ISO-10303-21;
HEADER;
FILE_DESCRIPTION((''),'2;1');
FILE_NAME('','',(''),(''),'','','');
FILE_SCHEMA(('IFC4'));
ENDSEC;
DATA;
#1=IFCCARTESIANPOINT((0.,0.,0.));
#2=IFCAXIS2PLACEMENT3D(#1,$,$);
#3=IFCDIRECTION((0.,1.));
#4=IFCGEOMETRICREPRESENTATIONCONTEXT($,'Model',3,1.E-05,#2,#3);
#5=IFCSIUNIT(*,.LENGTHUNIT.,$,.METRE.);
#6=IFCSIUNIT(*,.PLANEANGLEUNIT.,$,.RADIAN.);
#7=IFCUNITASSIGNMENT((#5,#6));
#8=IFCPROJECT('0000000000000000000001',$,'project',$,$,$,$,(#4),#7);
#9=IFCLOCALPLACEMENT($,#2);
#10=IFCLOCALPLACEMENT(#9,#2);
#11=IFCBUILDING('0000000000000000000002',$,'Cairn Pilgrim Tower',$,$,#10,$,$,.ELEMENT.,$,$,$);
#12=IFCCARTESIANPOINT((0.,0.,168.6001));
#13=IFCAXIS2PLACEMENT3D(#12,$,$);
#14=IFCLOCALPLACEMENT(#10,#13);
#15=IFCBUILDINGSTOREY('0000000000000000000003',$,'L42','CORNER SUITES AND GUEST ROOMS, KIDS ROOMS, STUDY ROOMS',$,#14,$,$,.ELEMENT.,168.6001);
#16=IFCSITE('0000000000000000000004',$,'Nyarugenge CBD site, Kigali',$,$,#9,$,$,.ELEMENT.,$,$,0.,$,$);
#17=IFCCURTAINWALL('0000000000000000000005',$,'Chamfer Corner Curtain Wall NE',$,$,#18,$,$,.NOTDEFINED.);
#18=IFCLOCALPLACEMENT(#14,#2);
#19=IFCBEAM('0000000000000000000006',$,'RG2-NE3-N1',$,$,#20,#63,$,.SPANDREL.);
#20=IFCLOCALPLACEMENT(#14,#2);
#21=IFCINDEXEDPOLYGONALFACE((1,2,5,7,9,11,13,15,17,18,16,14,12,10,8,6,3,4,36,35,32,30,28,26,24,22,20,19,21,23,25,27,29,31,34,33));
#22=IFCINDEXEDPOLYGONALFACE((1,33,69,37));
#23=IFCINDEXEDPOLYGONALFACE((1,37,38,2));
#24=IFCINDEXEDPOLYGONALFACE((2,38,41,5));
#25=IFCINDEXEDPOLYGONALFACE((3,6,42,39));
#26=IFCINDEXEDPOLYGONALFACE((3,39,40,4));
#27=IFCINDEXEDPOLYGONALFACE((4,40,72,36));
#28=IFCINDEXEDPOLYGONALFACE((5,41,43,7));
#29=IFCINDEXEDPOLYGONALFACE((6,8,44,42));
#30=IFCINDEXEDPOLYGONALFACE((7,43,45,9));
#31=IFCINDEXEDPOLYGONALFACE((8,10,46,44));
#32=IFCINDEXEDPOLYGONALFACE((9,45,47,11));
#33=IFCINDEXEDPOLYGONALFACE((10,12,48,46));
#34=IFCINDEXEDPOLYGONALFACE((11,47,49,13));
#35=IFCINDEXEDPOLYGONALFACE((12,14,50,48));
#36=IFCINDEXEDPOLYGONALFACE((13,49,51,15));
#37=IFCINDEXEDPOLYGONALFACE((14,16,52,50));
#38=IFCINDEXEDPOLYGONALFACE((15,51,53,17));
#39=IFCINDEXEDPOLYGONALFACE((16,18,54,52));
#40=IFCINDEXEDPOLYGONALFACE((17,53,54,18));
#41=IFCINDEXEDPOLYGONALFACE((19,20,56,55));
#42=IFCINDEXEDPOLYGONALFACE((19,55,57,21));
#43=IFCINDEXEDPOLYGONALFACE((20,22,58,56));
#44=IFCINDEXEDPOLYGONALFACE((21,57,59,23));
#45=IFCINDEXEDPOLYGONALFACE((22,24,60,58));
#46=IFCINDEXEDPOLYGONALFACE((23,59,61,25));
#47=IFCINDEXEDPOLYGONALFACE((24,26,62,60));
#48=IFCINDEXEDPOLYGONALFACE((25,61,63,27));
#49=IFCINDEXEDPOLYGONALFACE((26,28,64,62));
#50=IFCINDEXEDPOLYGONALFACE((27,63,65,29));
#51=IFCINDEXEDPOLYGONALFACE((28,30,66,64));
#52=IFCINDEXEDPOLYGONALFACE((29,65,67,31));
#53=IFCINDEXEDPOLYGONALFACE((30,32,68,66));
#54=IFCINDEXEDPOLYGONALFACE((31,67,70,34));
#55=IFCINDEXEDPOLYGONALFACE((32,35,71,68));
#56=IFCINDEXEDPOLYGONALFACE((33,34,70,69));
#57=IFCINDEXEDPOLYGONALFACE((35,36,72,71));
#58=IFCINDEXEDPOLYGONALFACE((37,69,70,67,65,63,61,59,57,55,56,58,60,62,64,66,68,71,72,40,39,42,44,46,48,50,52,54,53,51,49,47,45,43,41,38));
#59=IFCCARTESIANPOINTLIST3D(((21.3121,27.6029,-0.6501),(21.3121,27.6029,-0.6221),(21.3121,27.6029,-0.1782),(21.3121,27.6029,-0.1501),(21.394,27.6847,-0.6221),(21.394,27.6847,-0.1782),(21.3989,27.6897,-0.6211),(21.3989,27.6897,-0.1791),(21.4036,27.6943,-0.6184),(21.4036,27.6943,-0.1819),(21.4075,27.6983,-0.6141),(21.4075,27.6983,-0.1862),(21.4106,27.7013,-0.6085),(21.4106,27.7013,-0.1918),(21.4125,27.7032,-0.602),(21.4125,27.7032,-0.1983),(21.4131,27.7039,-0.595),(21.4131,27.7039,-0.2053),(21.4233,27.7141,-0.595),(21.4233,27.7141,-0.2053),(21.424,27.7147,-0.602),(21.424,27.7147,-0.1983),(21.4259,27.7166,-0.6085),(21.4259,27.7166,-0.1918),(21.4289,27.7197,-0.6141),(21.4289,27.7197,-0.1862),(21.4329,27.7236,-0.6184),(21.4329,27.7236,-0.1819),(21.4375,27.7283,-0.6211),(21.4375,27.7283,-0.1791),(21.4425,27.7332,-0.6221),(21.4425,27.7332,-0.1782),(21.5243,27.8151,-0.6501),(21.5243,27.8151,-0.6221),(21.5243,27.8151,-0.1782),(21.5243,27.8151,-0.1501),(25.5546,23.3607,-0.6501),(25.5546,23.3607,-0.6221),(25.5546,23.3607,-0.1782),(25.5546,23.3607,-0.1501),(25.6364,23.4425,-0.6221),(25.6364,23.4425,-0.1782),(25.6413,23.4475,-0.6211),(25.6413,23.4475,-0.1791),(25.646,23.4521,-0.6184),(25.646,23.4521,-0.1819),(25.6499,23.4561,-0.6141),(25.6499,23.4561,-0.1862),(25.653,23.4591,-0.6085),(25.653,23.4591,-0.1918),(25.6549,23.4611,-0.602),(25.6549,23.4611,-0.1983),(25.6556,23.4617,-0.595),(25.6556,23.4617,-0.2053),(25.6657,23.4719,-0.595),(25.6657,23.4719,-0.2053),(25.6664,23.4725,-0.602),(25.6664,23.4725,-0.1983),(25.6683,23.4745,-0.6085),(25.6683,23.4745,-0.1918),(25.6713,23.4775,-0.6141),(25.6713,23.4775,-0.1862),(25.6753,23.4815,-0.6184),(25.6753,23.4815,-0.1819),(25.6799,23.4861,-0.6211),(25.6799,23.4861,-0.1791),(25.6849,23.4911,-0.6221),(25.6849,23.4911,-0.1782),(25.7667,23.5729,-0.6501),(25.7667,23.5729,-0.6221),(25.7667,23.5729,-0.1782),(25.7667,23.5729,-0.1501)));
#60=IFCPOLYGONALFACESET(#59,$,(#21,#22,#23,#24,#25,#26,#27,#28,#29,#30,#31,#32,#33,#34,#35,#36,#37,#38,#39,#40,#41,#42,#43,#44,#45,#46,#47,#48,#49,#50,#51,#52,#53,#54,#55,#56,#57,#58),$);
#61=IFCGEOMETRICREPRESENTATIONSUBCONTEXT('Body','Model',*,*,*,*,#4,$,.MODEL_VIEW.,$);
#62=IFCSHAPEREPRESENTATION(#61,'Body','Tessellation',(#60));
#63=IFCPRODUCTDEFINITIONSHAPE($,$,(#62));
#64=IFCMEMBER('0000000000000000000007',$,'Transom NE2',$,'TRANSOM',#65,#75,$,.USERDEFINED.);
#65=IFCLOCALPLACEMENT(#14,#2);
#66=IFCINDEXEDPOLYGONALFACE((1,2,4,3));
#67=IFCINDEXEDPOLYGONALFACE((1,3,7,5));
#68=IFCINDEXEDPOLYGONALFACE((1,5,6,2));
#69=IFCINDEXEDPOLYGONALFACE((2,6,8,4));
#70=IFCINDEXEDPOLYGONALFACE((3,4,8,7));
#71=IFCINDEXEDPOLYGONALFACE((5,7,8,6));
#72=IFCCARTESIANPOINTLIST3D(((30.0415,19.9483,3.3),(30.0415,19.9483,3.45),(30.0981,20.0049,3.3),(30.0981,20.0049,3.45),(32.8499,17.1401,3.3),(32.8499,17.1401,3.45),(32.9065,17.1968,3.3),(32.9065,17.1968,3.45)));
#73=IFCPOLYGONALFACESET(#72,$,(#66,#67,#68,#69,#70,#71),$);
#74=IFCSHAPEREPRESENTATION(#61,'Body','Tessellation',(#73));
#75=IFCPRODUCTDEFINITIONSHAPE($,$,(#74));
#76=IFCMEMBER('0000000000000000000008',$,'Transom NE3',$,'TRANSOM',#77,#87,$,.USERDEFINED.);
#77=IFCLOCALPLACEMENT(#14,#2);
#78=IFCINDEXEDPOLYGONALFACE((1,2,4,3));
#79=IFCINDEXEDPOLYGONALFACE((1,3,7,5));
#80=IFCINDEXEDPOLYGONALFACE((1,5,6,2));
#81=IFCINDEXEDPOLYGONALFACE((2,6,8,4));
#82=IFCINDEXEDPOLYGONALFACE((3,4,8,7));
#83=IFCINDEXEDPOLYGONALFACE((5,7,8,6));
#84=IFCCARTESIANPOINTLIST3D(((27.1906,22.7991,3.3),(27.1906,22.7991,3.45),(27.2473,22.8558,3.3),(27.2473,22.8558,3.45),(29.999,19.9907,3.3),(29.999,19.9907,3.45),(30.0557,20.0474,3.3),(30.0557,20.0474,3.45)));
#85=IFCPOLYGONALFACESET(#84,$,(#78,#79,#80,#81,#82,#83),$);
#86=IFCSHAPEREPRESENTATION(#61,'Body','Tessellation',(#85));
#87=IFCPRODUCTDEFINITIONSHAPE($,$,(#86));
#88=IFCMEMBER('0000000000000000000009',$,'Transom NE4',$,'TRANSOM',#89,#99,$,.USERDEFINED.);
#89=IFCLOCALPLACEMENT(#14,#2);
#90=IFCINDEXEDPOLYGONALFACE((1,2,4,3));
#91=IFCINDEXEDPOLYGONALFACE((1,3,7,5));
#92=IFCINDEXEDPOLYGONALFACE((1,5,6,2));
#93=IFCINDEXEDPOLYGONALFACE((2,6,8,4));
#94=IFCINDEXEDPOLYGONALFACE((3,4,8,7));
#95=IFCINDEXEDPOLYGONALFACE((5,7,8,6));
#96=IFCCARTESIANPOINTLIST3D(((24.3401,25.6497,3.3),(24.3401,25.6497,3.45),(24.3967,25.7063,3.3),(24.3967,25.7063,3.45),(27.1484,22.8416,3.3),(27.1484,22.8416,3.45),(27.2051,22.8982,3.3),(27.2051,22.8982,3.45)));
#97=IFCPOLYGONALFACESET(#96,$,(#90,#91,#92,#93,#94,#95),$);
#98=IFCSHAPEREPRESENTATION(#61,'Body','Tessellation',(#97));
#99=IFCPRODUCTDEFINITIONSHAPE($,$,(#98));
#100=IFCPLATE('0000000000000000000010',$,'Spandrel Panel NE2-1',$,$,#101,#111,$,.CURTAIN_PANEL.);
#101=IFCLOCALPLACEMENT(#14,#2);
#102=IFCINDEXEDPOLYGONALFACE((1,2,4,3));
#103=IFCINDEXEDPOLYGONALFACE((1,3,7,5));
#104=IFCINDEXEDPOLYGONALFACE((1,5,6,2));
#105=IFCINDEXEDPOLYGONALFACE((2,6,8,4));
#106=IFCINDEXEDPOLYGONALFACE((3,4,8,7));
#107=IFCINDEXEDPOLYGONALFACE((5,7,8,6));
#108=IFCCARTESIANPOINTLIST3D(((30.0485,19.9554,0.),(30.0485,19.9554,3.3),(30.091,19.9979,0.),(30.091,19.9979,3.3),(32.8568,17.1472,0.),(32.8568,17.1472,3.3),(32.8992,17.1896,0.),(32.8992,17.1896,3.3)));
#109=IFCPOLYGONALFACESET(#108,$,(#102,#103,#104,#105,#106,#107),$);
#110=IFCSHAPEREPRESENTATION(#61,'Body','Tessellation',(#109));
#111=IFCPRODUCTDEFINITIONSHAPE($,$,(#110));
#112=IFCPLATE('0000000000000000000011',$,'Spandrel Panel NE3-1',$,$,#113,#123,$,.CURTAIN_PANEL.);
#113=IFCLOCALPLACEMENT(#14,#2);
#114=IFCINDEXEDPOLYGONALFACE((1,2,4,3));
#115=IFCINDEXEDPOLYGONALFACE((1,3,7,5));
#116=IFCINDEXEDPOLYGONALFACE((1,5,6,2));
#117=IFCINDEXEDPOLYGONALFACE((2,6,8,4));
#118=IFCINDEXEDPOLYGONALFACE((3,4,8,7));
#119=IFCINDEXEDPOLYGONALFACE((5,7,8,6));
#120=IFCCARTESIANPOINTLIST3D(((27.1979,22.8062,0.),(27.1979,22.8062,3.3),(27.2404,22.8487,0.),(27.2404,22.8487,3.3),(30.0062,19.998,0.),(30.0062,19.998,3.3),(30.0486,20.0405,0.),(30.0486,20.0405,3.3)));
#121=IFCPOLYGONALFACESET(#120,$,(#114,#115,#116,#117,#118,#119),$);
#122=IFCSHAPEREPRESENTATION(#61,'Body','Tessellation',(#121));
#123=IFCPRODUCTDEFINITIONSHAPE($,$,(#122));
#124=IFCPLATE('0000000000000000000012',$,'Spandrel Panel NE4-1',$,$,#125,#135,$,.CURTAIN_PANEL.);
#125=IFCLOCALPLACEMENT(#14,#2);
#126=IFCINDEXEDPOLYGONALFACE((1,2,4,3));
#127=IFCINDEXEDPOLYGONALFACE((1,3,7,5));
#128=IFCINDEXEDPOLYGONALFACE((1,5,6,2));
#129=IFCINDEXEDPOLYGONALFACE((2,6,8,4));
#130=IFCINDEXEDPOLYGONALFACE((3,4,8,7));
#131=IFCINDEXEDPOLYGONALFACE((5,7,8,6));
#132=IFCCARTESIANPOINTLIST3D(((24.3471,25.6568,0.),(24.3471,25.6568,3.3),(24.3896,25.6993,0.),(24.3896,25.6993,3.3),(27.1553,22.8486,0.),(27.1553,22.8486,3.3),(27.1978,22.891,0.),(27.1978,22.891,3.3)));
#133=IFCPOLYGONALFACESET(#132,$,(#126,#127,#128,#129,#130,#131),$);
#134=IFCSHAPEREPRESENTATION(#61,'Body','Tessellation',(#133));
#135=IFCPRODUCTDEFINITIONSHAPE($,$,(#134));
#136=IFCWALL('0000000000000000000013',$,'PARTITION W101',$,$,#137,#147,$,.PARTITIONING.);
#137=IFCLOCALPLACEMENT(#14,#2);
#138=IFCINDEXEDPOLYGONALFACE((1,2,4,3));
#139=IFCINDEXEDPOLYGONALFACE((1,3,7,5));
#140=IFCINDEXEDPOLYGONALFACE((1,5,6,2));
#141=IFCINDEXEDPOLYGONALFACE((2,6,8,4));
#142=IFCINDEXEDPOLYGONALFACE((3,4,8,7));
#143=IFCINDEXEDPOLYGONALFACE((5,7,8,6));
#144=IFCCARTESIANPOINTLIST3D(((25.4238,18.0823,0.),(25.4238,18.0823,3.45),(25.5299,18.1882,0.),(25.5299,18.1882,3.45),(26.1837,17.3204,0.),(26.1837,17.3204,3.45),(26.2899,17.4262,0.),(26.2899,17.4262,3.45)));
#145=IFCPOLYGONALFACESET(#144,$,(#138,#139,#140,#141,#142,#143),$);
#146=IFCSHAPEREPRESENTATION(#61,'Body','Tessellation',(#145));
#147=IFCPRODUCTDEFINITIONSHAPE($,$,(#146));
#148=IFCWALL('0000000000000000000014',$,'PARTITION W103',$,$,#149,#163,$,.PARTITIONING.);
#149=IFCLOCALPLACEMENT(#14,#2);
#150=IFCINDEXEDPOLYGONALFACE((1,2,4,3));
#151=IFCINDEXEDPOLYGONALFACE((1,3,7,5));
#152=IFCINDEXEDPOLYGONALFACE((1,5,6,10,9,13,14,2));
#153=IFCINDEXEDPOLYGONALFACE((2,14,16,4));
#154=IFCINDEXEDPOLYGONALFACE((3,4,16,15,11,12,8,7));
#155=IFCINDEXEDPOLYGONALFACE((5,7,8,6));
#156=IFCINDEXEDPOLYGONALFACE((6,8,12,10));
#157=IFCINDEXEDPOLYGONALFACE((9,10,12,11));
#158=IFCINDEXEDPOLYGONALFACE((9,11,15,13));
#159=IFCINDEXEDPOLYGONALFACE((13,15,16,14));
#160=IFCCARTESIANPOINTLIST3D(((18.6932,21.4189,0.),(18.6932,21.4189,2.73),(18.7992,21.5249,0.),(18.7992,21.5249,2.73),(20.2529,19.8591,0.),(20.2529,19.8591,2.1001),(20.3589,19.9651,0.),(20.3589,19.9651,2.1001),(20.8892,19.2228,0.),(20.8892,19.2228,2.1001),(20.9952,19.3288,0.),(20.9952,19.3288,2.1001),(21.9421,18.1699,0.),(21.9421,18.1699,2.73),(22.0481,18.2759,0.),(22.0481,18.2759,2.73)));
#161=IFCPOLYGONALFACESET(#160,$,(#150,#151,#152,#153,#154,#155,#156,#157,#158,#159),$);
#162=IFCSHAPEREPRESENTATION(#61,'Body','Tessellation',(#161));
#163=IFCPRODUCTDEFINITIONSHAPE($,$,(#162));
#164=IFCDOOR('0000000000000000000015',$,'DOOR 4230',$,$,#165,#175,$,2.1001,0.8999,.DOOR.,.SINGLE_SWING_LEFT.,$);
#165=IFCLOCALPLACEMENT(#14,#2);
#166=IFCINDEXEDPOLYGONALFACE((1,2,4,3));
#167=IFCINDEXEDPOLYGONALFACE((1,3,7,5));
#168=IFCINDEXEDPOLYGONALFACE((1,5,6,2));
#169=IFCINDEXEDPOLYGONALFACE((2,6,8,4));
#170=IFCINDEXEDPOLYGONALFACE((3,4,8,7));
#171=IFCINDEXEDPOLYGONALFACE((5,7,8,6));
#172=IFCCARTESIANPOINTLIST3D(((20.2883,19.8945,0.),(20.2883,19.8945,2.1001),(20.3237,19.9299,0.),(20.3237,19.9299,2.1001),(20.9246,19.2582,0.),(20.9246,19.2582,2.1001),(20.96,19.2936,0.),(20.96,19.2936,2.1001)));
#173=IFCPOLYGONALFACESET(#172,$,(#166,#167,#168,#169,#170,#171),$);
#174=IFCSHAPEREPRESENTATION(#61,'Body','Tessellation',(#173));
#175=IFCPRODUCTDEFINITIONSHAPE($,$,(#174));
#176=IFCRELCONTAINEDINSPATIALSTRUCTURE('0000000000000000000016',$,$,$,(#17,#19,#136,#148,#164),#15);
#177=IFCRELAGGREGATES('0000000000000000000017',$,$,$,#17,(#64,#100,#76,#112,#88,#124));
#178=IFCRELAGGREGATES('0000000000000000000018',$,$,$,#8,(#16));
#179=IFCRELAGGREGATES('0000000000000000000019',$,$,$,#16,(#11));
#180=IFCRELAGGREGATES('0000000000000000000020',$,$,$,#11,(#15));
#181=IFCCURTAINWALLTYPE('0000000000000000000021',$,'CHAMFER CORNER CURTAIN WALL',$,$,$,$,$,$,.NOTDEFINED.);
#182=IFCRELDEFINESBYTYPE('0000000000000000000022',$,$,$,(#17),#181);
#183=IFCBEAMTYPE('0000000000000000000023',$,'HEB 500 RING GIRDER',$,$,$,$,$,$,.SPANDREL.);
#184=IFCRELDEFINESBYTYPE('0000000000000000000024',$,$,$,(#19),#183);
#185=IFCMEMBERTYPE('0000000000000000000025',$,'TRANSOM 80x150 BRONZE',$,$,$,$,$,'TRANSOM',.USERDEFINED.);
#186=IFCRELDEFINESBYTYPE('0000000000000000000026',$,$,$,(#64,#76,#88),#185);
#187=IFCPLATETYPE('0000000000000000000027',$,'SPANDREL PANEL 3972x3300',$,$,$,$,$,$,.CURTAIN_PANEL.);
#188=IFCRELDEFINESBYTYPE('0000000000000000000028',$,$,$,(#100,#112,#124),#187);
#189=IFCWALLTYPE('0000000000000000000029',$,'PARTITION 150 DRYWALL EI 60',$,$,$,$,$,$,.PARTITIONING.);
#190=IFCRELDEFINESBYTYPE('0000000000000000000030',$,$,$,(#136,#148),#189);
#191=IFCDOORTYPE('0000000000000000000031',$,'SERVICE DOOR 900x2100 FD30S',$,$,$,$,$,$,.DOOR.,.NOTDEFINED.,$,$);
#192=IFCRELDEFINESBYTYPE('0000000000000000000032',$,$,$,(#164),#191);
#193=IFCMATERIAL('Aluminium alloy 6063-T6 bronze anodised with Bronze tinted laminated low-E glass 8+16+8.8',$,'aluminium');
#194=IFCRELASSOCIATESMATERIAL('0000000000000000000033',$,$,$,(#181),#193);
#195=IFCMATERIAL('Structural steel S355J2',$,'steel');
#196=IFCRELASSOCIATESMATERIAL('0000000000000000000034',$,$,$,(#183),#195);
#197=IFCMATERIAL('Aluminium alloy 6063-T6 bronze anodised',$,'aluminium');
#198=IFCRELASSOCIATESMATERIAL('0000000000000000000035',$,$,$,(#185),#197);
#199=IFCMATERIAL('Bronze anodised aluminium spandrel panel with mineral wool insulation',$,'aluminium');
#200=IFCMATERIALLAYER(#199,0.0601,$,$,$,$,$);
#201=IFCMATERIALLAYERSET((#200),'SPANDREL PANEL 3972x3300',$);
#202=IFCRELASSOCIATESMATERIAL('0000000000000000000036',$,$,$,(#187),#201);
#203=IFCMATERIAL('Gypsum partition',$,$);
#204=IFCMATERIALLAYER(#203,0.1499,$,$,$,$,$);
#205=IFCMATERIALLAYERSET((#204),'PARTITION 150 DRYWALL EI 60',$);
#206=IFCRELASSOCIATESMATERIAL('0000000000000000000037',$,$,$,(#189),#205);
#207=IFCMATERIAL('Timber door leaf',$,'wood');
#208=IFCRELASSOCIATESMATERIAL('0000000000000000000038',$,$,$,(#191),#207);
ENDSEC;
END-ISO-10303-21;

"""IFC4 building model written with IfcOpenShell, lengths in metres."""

from ifc_helpers import new_model, si_unit, direction, frame, frame_2d, origin, origin_2d, place, context, subcontext, project, spatial, rectangle, i_section, extrude, material, layer, layer_set, material_profile, profile_set, type_object, element, fill, aggregate, save


model = new_model("IFC4")

# Units and contexts
model_context = context("Model", 3, precision=1e-05, world=origin(), true_north=direction((0.0, 1.0)))
body_context = subcontext(model_context, "Body", "Model", "MODEL_VIEW")
ifc_project = project(units=[si_unit("LENGTHUNIT", "METRE"), si_unit("PLANEANGLEUNIT", "RADIAN")], contexts=[model_context])

# Site, building, storey
site_placement = place(None, origin())
site = spatial("IfcSite", under=ifc_project, at=site_placement, Name="Nyarugenge CBD site, Kigali", CompositionType="ELEMENT", RefElevation=0.0)
building_placement = place(site_placement, origin())
building = spatial("IfcBuilding", under=site, at=building_placement, Name="Cairn Pilgrim Tower", CompositionType="ELEMENT")
storey_placement = place(building_placement, frame((0.0, 0.0, 168.6001)))
storey = spatial("IfcBuildingStorey", under=building, at=storey_placement, Name="L42", Description="CORNER SUITES AND GUEST ROOMS, KIDS ROOMS, STUDY ROOMS", CompositionType="ELEMENT", Elevation=168.6001)

# Shared definitions
ifc_material_1 = material(Name="Structural steel S355J2", Category="steel")

# Curtain wall
ifc_material_2 = material(Name="Aluminium alloy 6063-T6 bronze anodised with Bronze tinted laminated low-E glass 8+16+8.8", Category="aluminium")
curtain_wall_type = type_object("IfcCurtainWallType", Name="CHAMFER CORNER CURTAIN WALL", PredefinedType="NOTDEFINED", material=ifc_material_2)
curtain_wall_placement = place(storey_placement, origin())
curtain_wall = element("IfcCurtainWall", 1, at=curtain_wall_placement, inside=storey, type_object=curtain_wall_type, Name="Chamfer Corner Curtain Wall NE", PredefinedType="NOTDEFINED")
ifc_material_3 = material(Name="Aluminium alloy 6063-T6 bronze anodised", Category="aluminium")

# Beam
ifc_material_profile_1 = material_profile(ifc_material_1, i_section(OverallWidth=0.3, OverallDepth=0.5, WebThickness=0.0144, FlangeThickness=0.0281, FilletRadius=0.0271, at=origin_2d()), Name="HEB 500")
ifc_profile_set_1 = profile_set([ifc_material_profile_1], Name="Structural steel S355J2")
beam_type_1 = type_object("IfcBeamType", Name="HEB 500 RING GIRDER", PredefinedType="SPANDREL", material=ifc_profile_set_1)
beam_1_placement = place(storey_placement, frame((25.6606, 23.4668, -0.4001), z_axis=(-0.707127, 0.707086, 0.0), x_axis=(-0.707086, -0.707127, 0.0)))
element("IfcBeam", 2, at=beam_1_placement, inside=storey, type_object=beam_type_1, Name="RG2-NE3-N1", PredefinedType="SPANDREL", context=body_context, shape_type="SweptSolid", body=[
    extrude(i_section(OverallWidth=0.3, OverallDepth=0.5, WebThickness=0.0144, FlangeThickness=0.0281, FilletRadius=0.0271, at=origin_2d()), origin(), (0.0, 0.0, 1.0), 5.9995),
])

# Members
ifc_material_profile_2 = material_profile(ifc_material_3, rectangle(XDim=0.0801, YDim=0.1499, at=origin_2d()), Name="TRANSOM 80x150 BRONZE")
ifc_profile_set_2 = profile_set([ifc_material_profile_2], Name="Aluminium alloy 6063-T6 bronze anodised")
member_type_1 = type_object("IfcMemberType", Name="TRANSOM 80x150 BRONZE", ElementType="TRANSOM", PredefinedType="USERDEFINED", material=ifc_profile_set_2)
member_1_placement = place(storey_placement, frame((32.8782, 17.1685, 3.375), z_axis=(-0.707138, 0.707076, 0.0), x_axis=(-0.707076, -0.707138, 0.0)))
member_1 = element("IfcMember", 3, at=member_1_placement, type_object=member_type_1, Name="Transom NE2", ObjectType="TRANSOM", PredefinedType="USERDEFINED", context=body_context, shape_type="SweptSolid", body=[
    extrude(rectangle(XDim=0.0801, YDim=0.1499, at=origin_2d()), origin(), (0.0, 0.0, 1.0), 3.9714),
])
member_2_placement = place(storey_placement, frame((30.0273, 20.019, 3.375), z_axis=(-0.707107, 0.707107, 0.0), x_axis=(-0.707107, -0.707107, 0.0)))
member_2 = element("IfcMember", 4, at=member_2_placement, type_object=member_type_1, Name="Transom NE3", ObjectType="TRANSOM", PredefinedType="USERDEFINED", context=body_context, shape_type="SweptSolid", body=[
    extrude(rectangle(XDim=0.0801, YDim=0.1499, at=origin_2d()), origin(), (0.0, 0.0, 1.0), 3.9717),
])
member_3_placement = place(storey_placement, frame((27.1768, 22.8699, 3.375), z_axis=(-0.707138, 0.707076, 0.0), x_axis=(-0.707076, -0.707138, 0.0)))
member_3 = element("IfcMember", 5, at=member_3_placement, type_object=member_type_1, Name="Transom NE4", ObjectType="TRANSOM", PredefinedType="USERDEFINED", context=body_context, shape_type="SweptSolid", body=[
    extrude(rectangle(XDim=0.0801, YDim=0.1499, at=origin_2d()), origin(), (0.0, 0.0, 1.0), 3.9714),
])

# Plates
ifc_material_4 = material(Name="Bronze anodised aluminium spandrel panel with mineral wool insulation", Category="aluminium")
ifc_layer_1 = layer(ifc_material_4, 0.0601)
ifc_layer_set_1 = layer_set([ifc_layer_1], Name="SPANDREL PANEL 3972x3300")
plate_type = type_object("IfcPlateType", Name="SPANDREL PANEL 3972x3300", PredefinedType="CURTAIN_PANEL", material=ifc_layer_set_1)
plate_1_placement = place(storey_placement, frame((31.4739, 18.5725, 0.0), z_axis=(0.0, 0.0, 1.0), x_axis=(-0.707107, 0.707107, 0.0)))
plate_1 = element("IfcPlate", 6, at=plate_1_placement, type_object=plate_type, Name="Spandrel Panel NE2-1", PredefinedType="CURTAIN_PANEL", context=body_context, shape_type="SweptSolid", body=[
    extrude(rectangle(XDim=3.9714, YDim=0.0601, at=origin_2d()), origin(), (0.0, 0.0, 1.0), 3.3),
])
plate_2_placement = place(storey_placement, frame((28.6233, 21.4233, 0.0), z_axis=(0.0, 0.0, 1.0), x_axis=(-0.707107, 0.707107, 0.0)))
plate_2 = element("IfcPlate", 7, at=plate_2_placement, type_object=plate_type, Name="Spandrel Panel NE3-1", PredefinedType="CURTAIN_PANEL", context=body_context, shape_type="SweptSolid", body=[
    extrude(rectangle(XDim=3.9714, YDim=0.0601, at=origin_2d()), origin(), (0.0, 0.0, 1.0), 3.3),
])
plate_3_placement = place(storey_placement, frame((25.7725, 24.2739, 0.0), z_axis=(0.0, 0.0, 1.0), x_axis=(-0.707107, 0.707107, 0.0)))
plate_3 = element("IfcPlate", 8, at=plate_3_placement, type_object=plate_type, Name="Spandrel Panel NE4-1", PredefinedType="CURTAIN_PANEL", context=body_context, shape_type="SweptSolid", body=[
    extrude(rectangle(XDim=3.9714, YDim=0.0601, at=origin_2d()), origin(), (0.0, 0.0, 1.0), 3.3),
])
aggregate(curtain_wall, [member_1, plate_1, member_2, plate_2, member_3, plate_3])

# Wall
ifc_material_5 = material(Name="Gypsum partition")
ifc_layer_2 = layer(ifc_material_5, 0.1499)
ifc_layer_set_2 = layer_set([ifc_layer_2], Name="PARTITION 150 DRYWALL EI 60")
wall_type_1 = type_object("IfcWallType", Name="PARTITION 150 DRYWALL EI 60", PredefinedType="PARTITIONING", material=ifc_layer_set_2)
wall_1_placement = place(storey_placement, frame((26.2368, 17.3733, 0.0), z_axis=(0.0, 0.0, 1.0), x_axis=(-0.706199, 0.708014, 0.0)))
element("IfcWall", 9, at=wall_1_placement, inside=storey, type_object=wall_type_1, Name="PARTITION W101", PredefinedType="PARTITIONING", context=body_context, shape_type="SweptSolid", body=[
    extrude(rectangle(XDim=1.0762, YDim=0.1499, at=frame_2d((0.5381, 0.0))), origin(), (0.0, 0.0, 1.0), 3.45),
])

# Wall, opening, door
wall_2_placement = place(storey_placement, frame((21.9951, 18.2229, 0.0), z_axis=(0.0, 0.0, 1.0), x_axis=(-0.707107, 0.707107, 0.0)))
wall_2 = element("IfcWall", 10, at=wall_2_placement, inside=storey, type_object=wall_type_1, Name="PARTITION W103", PredefinedType="PARTITIONING", context=body_context, shape_type="SweptSolid", body=[
    extrude(rectangle(XDim=4.5947, YDim=0.1499, at=frame_2d((2.2974, 0.0))), origin(), (0.0, 0.0, 1.0), 2.73),
])
opening_1_placement = place(wall_2_placement, frame((1.489, 0.0, 0.0)))
opening_1 = element("IfcOpeningElement", 11, at=opening_1_placement, cuts=wall_2, PredefinedType="OPENING", context=body_context, shape_type="SweptSolid", body=[
    extrude(rectangle(XDim=0.8999, YDim=2.1001, at=frame_2d((0.45, 1.05))), frame((0.0, 0.085, 0.0), z_axis=(0.0, -1.0, 0.0), x_axis=(1.0, 0.0, 0.0)), (0.0, 0.0, 1.0), 0.1699),
])
ifc_material_6 = material(Name="Timber door leaf", Category="wood")
door_type_1 = type_object("IfcDoorType", Name="SERVICE DOOR 900x2100 FD30S", OperationType="NOTDEFINED", PredefinedType="DOOR", material=ifc_material_6)
door_1_placement = place(opening_1_placement, origin())
door_1 = element("IfcDoor", 12, at=door_1_placement, inside=storey, type_object=door_type_1, Name="DOOR 4230", OperationType="SINGLE_SWING_LEFT", OverallHeight=2.1001, OverallWidth=0.8999, PredefinedType="DOOR", context=body_context, shape_type="SweptSolid", body=[
    extrude(rectangle(XDim=0.8999, YDim=2.1001, at=frame_2d((0.45, 1.05))), frame((0.0, 0.0249, 0.0), z_axis=(0.0, -1.0, 0.0), x_axis=(1.0, 0.0, 0.0)), (0.0, 0.0, 1.0), 0.05),
])
fill(opening_1, door_1)

save(model, "model.ifc")
